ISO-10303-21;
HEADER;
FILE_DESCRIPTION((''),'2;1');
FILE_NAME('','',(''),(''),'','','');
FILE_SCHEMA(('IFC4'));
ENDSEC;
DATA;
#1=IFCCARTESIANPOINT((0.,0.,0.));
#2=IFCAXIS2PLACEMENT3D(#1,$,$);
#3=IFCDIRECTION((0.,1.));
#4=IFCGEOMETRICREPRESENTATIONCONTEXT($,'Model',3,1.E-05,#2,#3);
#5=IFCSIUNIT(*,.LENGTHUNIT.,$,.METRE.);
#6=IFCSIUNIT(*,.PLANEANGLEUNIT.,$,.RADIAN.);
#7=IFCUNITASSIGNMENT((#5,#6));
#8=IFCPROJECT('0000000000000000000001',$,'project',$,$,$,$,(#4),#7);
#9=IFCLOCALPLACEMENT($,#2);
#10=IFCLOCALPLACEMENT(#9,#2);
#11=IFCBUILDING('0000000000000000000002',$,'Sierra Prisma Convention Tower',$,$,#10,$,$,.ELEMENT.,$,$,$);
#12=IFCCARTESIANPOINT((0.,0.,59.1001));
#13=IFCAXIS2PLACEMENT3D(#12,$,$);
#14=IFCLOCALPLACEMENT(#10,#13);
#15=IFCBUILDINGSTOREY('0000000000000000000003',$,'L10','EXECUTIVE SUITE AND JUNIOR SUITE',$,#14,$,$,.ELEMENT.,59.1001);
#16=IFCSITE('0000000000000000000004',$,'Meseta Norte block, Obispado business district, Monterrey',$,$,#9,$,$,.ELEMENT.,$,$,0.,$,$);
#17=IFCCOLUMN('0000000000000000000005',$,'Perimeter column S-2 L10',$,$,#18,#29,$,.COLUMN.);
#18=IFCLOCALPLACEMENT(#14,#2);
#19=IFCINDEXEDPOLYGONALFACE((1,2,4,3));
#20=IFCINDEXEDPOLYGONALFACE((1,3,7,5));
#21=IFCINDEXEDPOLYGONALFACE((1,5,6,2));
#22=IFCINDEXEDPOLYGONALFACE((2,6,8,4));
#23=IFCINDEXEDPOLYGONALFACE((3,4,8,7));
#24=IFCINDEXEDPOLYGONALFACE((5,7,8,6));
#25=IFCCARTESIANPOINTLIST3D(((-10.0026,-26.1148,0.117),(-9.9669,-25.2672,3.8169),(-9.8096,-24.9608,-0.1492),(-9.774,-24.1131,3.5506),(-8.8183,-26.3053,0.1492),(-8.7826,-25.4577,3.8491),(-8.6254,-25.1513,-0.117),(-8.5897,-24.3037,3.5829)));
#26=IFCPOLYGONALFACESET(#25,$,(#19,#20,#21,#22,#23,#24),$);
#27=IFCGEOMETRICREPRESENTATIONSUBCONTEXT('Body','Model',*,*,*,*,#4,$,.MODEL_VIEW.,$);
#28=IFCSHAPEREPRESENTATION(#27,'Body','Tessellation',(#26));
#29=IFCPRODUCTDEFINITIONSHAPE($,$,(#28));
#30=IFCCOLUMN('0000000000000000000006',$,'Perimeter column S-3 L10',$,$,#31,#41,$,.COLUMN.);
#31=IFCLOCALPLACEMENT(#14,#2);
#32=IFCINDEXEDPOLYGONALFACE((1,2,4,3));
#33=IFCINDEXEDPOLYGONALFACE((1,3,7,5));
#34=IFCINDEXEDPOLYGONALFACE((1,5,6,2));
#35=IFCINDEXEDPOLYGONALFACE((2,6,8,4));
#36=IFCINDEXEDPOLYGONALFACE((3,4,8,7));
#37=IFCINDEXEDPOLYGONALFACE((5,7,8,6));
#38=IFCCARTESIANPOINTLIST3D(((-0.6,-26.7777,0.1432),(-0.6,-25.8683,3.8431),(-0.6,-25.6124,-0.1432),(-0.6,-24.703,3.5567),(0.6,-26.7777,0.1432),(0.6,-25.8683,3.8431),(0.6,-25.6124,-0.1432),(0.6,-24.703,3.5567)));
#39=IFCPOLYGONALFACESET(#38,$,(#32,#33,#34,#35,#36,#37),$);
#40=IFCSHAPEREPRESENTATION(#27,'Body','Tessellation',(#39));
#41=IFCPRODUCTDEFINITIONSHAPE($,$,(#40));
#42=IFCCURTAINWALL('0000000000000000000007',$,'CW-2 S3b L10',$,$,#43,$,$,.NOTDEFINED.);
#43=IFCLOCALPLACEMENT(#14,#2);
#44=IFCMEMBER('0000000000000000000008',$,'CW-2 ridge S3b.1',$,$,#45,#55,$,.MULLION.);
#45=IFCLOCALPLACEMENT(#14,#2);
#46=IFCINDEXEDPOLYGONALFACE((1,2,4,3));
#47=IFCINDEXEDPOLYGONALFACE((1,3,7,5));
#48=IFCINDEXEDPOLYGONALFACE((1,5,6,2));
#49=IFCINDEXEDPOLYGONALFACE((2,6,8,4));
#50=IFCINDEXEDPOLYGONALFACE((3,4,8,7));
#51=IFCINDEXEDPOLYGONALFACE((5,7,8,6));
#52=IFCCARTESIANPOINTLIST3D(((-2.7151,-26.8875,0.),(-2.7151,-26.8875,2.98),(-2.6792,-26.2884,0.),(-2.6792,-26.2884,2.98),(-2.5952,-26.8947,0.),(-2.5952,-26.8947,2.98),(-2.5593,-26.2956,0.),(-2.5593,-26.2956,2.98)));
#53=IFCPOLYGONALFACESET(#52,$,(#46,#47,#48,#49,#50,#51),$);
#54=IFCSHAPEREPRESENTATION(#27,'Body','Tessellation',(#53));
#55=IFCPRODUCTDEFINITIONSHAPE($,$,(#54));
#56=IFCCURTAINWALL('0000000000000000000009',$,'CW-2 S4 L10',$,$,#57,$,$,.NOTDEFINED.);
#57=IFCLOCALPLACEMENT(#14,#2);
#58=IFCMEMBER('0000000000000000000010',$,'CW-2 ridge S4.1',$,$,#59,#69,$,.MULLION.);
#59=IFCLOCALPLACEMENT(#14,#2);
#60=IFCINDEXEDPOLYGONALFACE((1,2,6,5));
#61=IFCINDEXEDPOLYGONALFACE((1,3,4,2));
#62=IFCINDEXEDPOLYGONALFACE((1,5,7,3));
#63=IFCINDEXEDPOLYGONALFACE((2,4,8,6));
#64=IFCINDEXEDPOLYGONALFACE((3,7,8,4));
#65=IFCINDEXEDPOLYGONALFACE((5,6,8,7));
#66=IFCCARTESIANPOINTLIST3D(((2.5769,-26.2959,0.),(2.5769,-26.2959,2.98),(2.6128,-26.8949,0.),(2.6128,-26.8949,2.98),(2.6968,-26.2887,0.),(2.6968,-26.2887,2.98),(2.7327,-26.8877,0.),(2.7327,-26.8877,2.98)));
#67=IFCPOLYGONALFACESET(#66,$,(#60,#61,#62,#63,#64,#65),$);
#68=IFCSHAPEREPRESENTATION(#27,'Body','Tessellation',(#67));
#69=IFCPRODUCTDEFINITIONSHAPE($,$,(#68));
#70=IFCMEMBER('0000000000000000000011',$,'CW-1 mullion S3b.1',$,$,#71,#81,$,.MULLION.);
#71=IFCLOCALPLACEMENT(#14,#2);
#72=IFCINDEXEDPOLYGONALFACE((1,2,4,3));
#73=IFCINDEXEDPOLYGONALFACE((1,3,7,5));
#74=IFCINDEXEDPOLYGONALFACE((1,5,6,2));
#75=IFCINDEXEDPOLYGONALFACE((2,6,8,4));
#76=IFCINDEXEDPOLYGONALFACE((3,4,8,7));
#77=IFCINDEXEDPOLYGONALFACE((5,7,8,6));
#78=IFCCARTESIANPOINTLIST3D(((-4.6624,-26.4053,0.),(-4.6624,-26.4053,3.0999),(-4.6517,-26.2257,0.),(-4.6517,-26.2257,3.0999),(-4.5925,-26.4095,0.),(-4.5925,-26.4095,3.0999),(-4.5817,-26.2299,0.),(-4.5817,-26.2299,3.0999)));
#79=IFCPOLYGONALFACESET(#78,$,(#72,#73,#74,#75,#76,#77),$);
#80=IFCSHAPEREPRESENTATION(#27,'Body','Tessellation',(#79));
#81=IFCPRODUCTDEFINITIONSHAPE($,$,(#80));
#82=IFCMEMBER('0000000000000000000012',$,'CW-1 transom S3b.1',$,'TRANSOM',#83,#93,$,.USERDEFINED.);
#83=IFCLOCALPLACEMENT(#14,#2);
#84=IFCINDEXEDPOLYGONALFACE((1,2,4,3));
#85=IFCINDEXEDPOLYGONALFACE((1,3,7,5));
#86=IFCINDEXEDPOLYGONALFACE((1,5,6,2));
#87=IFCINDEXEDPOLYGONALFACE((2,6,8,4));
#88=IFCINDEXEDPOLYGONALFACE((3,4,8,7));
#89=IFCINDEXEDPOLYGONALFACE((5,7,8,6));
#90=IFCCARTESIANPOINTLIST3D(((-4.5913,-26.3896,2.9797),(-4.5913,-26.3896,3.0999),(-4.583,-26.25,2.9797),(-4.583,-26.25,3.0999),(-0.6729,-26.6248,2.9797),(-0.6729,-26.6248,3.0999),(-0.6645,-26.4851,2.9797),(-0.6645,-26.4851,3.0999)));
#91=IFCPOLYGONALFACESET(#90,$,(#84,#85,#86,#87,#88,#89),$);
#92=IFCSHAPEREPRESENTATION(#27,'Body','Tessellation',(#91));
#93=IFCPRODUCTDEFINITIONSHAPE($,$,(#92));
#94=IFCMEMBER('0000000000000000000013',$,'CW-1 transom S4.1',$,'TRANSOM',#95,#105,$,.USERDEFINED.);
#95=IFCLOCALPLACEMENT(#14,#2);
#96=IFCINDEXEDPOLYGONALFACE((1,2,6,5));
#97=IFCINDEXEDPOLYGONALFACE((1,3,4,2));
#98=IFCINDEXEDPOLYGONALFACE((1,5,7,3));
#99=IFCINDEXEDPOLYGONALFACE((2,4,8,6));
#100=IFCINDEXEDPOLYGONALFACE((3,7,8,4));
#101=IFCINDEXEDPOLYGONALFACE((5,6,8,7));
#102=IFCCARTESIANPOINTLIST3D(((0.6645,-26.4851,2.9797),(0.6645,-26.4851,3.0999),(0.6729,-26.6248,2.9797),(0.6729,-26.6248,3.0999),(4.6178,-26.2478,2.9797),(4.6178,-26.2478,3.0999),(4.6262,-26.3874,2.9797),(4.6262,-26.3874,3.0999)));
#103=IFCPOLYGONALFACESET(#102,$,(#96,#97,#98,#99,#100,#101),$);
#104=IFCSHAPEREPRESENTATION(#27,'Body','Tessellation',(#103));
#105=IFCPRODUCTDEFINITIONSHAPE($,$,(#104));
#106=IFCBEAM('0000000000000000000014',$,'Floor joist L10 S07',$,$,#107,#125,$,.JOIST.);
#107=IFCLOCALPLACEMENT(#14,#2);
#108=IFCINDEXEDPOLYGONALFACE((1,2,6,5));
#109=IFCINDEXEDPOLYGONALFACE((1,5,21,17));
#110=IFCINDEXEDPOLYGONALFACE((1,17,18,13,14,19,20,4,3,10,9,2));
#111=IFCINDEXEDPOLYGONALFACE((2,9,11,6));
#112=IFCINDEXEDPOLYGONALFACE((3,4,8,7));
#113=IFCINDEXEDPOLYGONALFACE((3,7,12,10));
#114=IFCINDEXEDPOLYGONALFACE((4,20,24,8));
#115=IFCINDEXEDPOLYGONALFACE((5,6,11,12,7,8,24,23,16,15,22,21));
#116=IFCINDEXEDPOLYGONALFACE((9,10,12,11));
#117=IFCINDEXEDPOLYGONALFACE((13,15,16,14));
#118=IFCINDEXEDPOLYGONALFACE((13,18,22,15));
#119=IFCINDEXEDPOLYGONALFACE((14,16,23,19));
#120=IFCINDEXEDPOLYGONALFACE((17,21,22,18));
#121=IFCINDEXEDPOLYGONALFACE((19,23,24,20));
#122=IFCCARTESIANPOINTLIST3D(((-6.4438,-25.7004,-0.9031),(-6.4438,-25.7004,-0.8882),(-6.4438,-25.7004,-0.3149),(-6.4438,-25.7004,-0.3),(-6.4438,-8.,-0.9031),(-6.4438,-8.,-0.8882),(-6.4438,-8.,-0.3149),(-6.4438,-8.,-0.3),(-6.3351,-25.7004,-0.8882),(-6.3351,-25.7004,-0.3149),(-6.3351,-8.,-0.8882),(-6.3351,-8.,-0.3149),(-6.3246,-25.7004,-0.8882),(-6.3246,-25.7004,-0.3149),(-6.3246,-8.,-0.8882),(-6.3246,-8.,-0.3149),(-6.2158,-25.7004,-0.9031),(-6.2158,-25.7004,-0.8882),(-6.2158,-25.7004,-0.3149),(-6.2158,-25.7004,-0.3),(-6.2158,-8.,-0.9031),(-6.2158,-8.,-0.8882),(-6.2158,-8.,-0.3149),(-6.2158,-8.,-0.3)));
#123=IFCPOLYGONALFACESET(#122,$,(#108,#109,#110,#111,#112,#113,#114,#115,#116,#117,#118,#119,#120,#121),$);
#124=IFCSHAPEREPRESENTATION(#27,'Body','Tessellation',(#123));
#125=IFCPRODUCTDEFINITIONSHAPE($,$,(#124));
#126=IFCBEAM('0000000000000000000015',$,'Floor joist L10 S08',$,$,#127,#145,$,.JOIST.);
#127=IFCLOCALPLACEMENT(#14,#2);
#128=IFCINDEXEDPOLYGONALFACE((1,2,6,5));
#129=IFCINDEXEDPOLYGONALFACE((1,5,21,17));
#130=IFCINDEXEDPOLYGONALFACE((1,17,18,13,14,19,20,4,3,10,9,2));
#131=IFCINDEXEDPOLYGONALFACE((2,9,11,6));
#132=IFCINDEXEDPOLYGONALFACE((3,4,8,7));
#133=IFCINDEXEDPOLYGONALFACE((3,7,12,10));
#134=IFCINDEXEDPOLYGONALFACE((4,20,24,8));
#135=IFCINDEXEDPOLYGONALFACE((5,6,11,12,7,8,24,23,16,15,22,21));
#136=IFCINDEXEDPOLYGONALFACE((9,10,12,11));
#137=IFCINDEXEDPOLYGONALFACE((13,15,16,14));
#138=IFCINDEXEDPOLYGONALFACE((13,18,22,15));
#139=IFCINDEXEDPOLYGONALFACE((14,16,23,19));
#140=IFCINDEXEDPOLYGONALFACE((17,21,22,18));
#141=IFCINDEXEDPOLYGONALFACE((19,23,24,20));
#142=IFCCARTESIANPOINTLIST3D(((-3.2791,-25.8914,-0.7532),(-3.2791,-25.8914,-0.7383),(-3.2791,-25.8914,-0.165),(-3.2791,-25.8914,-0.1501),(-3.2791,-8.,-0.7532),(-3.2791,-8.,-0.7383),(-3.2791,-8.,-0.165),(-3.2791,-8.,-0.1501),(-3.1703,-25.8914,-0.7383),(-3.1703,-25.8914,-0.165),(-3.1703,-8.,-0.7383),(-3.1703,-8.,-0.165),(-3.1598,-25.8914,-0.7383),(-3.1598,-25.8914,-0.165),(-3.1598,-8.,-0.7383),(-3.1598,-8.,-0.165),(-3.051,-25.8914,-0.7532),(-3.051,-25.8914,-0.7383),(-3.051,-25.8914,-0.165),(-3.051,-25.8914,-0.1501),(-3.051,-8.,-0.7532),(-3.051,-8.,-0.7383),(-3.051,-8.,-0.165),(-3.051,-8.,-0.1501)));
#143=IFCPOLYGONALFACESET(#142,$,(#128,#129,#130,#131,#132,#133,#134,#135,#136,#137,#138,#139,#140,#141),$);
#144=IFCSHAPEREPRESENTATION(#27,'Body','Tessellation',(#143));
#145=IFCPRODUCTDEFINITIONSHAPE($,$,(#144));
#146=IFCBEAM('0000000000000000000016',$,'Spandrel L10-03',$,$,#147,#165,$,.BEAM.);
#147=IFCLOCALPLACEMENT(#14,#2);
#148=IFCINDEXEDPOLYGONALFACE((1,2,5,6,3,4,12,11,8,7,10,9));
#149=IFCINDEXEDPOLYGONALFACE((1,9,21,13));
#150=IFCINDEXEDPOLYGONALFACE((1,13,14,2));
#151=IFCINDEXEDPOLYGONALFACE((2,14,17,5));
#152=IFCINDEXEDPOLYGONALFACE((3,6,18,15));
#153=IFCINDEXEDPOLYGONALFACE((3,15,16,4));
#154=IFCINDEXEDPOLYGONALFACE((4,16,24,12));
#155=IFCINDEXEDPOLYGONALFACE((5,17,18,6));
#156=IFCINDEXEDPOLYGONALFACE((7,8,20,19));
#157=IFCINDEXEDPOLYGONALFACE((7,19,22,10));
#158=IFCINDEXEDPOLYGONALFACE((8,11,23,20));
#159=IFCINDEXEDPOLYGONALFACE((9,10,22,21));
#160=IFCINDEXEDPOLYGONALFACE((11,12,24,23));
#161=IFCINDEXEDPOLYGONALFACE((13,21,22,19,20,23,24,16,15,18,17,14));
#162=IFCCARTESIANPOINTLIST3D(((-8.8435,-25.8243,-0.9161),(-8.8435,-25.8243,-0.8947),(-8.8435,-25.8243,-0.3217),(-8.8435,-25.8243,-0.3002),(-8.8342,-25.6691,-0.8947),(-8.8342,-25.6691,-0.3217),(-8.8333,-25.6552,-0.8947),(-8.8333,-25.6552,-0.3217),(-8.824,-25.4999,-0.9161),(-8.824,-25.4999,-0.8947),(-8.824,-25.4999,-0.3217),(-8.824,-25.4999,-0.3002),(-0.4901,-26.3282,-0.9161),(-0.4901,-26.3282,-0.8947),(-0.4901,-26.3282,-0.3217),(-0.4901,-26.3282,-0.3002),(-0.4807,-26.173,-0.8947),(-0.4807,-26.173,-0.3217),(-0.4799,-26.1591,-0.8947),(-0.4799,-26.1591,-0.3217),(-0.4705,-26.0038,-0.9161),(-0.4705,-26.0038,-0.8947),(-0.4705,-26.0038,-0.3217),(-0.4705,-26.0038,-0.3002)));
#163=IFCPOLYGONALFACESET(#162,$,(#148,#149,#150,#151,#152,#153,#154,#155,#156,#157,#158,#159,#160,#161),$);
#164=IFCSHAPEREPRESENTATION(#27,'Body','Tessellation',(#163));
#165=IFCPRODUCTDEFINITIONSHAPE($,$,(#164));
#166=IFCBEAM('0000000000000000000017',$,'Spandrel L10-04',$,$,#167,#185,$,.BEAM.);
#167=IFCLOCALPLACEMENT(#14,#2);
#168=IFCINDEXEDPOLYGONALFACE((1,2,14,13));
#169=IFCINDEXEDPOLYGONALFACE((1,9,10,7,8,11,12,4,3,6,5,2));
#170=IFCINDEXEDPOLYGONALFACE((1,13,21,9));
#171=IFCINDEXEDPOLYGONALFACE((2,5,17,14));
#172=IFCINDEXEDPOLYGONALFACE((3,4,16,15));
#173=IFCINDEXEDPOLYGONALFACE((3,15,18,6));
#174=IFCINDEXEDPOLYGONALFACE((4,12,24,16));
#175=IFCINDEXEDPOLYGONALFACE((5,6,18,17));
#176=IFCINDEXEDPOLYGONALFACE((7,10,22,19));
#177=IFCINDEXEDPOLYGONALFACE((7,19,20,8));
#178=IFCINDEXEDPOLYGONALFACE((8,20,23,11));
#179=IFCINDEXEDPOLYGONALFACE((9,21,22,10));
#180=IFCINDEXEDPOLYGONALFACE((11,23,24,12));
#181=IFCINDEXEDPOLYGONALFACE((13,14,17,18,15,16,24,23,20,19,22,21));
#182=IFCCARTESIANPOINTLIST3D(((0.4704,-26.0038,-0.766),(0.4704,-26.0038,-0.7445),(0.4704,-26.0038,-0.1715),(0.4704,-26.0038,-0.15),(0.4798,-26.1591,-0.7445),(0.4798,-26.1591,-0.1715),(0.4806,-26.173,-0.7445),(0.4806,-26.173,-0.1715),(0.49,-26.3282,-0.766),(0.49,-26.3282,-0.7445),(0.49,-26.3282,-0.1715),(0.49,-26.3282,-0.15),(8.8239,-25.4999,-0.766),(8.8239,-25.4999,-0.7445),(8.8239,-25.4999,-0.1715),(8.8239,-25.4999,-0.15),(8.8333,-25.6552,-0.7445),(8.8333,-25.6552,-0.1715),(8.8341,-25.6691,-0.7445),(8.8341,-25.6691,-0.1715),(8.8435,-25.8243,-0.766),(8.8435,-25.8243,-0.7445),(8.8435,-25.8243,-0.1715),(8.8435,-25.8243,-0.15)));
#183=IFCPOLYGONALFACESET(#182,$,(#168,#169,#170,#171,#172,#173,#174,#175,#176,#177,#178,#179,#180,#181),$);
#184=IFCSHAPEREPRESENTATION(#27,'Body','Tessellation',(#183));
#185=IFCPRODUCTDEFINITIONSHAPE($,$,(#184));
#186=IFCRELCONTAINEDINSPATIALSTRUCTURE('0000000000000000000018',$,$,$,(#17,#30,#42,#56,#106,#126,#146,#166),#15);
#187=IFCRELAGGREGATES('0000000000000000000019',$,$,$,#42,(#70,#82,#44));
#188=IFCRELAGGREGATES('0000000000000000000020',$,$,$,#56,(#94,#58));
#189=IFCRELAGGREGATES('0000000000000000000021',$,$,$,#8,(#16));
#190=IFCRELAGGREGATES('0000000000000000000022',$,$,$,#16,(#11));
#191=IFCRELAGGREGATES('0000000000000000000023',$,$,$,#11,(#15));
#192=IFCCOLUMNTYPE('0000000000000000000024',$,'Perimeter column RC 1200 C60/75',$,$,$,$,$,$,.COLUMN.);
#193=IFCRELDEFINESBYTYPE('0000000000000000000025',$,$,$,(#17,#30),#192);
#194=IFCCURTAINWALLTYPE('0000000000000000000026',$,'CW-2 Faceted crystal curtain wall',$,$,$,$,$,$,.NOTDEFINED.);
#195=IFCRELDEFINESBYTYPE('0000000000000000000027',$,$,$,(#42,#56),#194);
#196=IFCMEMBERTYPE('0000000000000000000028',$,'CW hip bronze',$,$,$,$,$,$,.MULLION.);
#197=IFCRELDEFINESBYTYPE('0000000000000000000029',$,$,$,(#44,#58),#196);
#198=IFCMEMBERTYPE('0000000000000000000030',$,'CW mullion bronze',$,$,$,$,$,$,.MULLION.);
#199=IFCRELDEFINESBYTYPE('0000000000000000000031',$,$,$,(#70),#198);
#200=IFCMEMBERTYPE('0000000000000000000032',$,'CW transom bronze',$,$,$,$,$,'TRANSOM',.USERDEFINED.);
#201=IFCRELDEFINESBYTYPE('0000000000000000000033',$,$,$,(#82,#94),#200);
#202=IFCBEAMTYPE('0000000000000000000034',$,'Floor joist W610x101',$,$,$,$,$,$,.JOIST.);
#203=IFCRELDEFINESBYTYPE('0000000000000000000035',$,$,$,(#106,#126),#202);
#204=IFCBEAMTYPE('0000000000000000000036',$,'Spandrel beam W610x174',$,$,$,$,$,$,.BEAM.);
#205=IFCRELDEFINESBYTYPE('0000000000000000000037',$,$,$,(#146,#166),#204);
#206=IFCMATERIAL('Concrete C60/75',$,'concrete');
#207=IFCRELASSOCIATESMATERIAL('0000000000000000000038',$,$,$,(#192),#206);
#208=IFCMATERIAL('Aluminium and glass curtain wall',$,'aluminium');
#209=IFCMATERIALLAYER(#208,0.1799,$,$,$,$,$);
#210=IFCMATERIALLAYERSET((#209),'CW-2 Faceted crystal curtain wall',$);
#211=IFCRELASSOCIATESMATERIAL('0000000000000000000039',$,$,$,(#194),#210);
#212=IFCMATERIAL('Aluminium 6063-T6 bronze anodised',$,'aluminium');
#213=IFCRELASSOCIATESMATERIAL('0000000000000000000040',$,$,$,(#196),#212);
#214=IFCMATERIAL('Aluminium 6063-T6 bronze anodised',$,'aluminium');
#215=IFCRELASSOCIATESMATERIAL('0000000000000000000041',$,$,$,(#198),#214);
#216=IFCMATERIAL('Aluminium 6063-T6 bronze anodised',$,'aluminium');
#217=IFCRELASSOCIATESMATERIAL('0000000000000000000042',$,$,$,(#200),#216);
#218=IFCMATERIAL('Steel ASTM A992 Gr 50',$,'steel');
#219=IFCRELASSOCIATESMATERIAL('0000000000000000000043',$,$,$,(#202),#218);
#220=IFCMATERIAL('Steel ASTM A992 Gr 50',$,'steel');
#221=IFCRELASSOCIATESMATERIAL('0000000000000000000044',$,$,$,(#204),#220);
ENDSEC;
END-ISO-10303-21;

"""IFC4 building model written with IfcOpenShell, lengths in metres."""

from ifc_helpers import new_model, si_unit, direction, frame, origin, origin_2d, place, context, subcontext, project, spatial, rectangle, i_section, extrude, material, layer, layer_set, material_profile, profile_set, type_object, element, aggregate, save


model = new_model("IFC4")

# Units and contexts
model_context = context("Model", 3, precision=1e-05, world=origin(), true_north=direction((0.0, 1.0)))
body_context = subcontext(model_context, "Body", "Model", "MODEL_VIEW")
ifc_project = project(units=[si_unit("LENGTHUNIT", "METRE"), si_unit("PLANEANGLEUNIT", "RADIAN")], contexts=[model_context])

# Site, building, storey
site_placement = place(None, origin())
site = spatial("IfcSite", under=ifc_project, at=site_placement, Name="Meseta Norte block, Obispado business district, Monterrey", CompositionType="ELEMENT", RefElevation=0.0)
building_placement = place(site_placement, origin())
building = spatial("IfcBuilding", under=site, at=building_placement, Name="Sierra Prisma Convention Tower", CompositionType="ELEMENT")
storey_placement = place(building_placement, frame((0.0, 0.0, 59.1001)))
storey = spatial("IfcBuildingStorey", under=building, at=storey_placement, Name="L10", Description="EXECUTIVE SUITE AND JUNIOR SUITE", CompositionType="ELEMENT", Elevation=59.1001)

# Columns
ifc_material_1 = material(Name="Concrete C60/75", Category="concrete")
ifc_material_profile_1 = material_profile(ifc_material_1, rectangle(XDim=1.2, YDim=1.2, at=origin_2d()), Name="Perimeter column RC 1200 C60/75")
ifc_profile_set_1 = profile_set([ifc_material_profile_1], Name="Concrete C60/75")
column_type = type_object("IfcColumnType", Name="Perimeter column RC 1200 C60/75", PredefinedType="COLUMN", material=ifc_profile_set_1)
column_1_placement = place(storey_placement, frame((-9.314, -25.6331, 0.0), z_axis=(0.00939, 0.223304, 0.974704), x_axis=(0.986946, -0.158794, 0.026872)))
element("IfcColumn", 1, at=column_1_placement, inside=storey, type_object=column_type, Name="Perimeter column S-2 L10", PredefinedType="COLUMN", context=body_context, shape_type="SweptSolid", body=[
    extrude(rectangle(XDim=1.2, YDim=1.2, at=origin_2d()), origin(), (0.0, 0.0, 1.0), 3.7959),
])
column_2_placement = place(storey_placement, frame((0.0, -26.1951, 0.0), z_axis=(0.0, 0.238689, 0.971096), x_axis=(-1.0, 0.0, 0.0)))
element("IfcColumn", 2, at=column_2_placement, inside=storey, type_object=column_type, Name="Perimeter column S-3 L10", PredefinedType="COLUMN", context=body_context, shape_type="SweptSolid", body=[
    extrude(rectangle(XDim=1.2, YDim=1.2, at=origin_2d()), origin(), (0.0, 0.0, 1.0), 3.8101),
])

# Curtain walls, members
ifc_material_2 = material(Name="Aluminium and glass curtain wall", Category="aluminium")
ifc_layer_1 = layer(ifc_material_2, 0.1799)
ifc_layer_set_1 = layer_set([ifc_layer_1], Name="CW-2 Faceted crystal curtain wall")
curtain_wall_type = type_object("IfcCurtainWallType", Name="CW-2 Faceted crystal curtain wall", PredefinedType="NOTDEFINED", material=ifc_layer_set_1)
curtain_wall_1_placement = place(storey_placement, origin())
curtain_wall_1 = element("IfcCurtainWall", 3, at=curtain_wall_1_placement, inside=storey, type_object=curtain_wall_type, Name="CW-2 S3b L10", PredefinedType="NOTDEFINED")
ifc_material_3 = material(Name="Aluminium 6063-T6 bronze anodised", Category="aluminium")
ifc_material_profile_2 = material_profile(ifc_material_3, rectangle(XDim=0.1201, YDim=0.6001, at=origin_2d()), Name="ALU RIDGE BLADE 120x600")
ifc_profile_set_2 = profile_set([ifc_material_profile_2], Name="Aluminium 6063-T6 bronze anodised")
member_type_1 = type_object("IfcMemberType", Name="CW hip bronze", PredefinedType="MULLION", material=ifc_profile_set_2)
member_1_placement = place(storey_placement, frame((-2.6372, -26.5916, 0.0), z_axis=(0.0, 0.0, 1.0), x_axis=(0.998204, -0.059914, 0.0)))
member_1 = element("IfcMember", 4, at=member_1_placement, type_object=member_type_1, Name="CW-2 ridge S3b.1", PredefinedType="MULLION", context=body_context, shape_type="SweptSolid", body=[
    extrude(rectangle(XDim=0.1201, YDim=0.6001, at=origin_2d()), origin(), (0.0, 0.0, 1.0), 2.98),
])
curtain_wall_2_placement = place(storey_placement, origin())
curtain_wall_2 = element("IfcCurtainWall", 5, at=curtain_wall_2_placement, inside=storey, type_object=curtain_wall_type, Name="CW-2 S4 L10", PredefinedType="NOTDEFINED")
member_2_placement = place(storey_placement, frame((2.6548, -26.5918, 0.0), z_axis=(0.0, 0.0, 1.0), x_axis=(0.998204, 0.059914, 0.0)))
member_2 = element("IfcMember", 6, at=member_2_placement, type_object=member_type_1, Name="CW-2 ridge S4.1", PredefinedType="MULLION", context=body_context, shape_type="SweptSolid", body=[
    extrude(rectangle(XDim=0.1201, YDim=0.6001, at=origin_2d()), origin(), (0.0, 0.0, 1.0), 2.98),
])

# Members
ifc_material_4 = material(Name="Aluminium 6063-T6 bronze anodised", Category="aluminium")
ifc_material_profile_3 = material_profile(ifc_material_4, rectangle(XDim=0.1799, YDim=0.0701, at=origin_2d()), Name="ALU MULLION 70x180")
ifc_profile_set_3 = profile_set([ifc_material_profile_3], Name="Aluminium 6063-T6 bronze anodised")
member_type_2 = type_object("IfcMemberType", Name="CW mullion bronze", PredefinedType="MULLION", material=ifc_profile_set_3)
member_3_placement = place(storey_placement, frame((-4.6221, -26.3176, 0.0), z_axis=(0.0, 0.0, 1.0), x_axis=(0.059914, 0.998204, 0.0)))
member_3 = element("IfcMember", 7, at=member_3_placement, type_object=member_type_2, Name="CW-1 mullion S3b.1", PredefinedType="MULLION", context=body_context, shape_type="SweptSolid", body=[
    extrude(rectangle(XDim=0.1799, YDim=0.0701, at=origin_2d()), origin(), (0.0, 0.0, 1.0), 3.0999),
])
ifc_material_5 = material(Name="Aluminium 6063-T6 bronze anodised", Category="aluminium")
ifc_material_profile_4 = material_profile(ifc_material_5, rectangle(XDim=0.1399, YDim=0.1201, at=origin_2d()), Name="ALU TRANSOM 120x140")
ifc_profile_set_4 = profile_set([ifc_material_profile_4], Name="Aluminium 6063-T6 bronze anodised")
member_type_3 = type_object("IfcMemberType", Name="CW transom bronze", ElementType="TRANSOM", PredefinedType="USERDEFINED", material=ifc_profile_set_4)
member_4_placement = place(storey_placement, frame((-4.5872, -26.3198, 3.0398), z_axis=(0.998205, -0.059892, 0.0), x_axis=(0.059892, 0.998205, 0.0)))
member_4 = element("IfcMember", 8, at=member_4_placement, type_object=member_type_3, Name="CW-1 transom S3b.1", ObjectType="TRANSOM", PredefinedType="USERDEFINED", context=body_context, shape_type="SweptSolid", body=[
    extrude(rectangle(XDim=0.1399, YDim=0.1201, at=origin_2d()), origin(), (0.0, 0.0, 1.0), 3.9255),
])
member_5_placement = place(storey_placement, frame((0.6687, -26.5549, 3.0398), z_axis=(0.998203, 0.059918, 0.0), x_axis=(-0.059918, 0.998203, 0.0)))
member_5 = element("IfcMember", 9, at=member_5_placement, type_object=member_type_3, Name="CW-1 transom S4.1", ObjectType="TRANSOM", PredefinedType="USERDEFINED", context=body_context, shape_type="SweptSolid", body=[
    extrude(rectangle(XDim=0.1399, YDim=0.1201, at=origin_2d()), origin(), (0.0, 0.0, 1.0), 3.9604),
])

# Beams
ifc_material_6 = material(Name="Steel ASTM A992 Gr 50", Category="steel")
ifc_material_profile_5 = material_profile(ifc_material_6, i_section(OverallWidth=0.228, OverallDepth=0.603, WebThickness=0.0105, FlangeThickness=0.0149, at=origin_2d()), Name="W610x101")
ifc_profile_set_5 = profile_set([ifc_material_profile_5], Name="Steel ASTM A992 Gr 50")
beam_type_1 = type_object("IfcBeamType", Name="Floor joist W610x101", PredefinedType="JOIST", material=ifc_profile_set_5)
beam_1_placement = place(storey_placement, frame((-6.3298, -25.7004, -0.6016), z_axis=(0.0, 1.0, 0.0), x_axis=(-1.0, 0.0, 0.0)))
element("IfcBeam", 10, at=beam_1_placement, inside=storey, type_object=beam_type_1, Name="Floor joist L10 S07", PredefinedType="JOIST", context=body_context, shape_type="SweptSolid", body=[
    extrude(i_section(OverallWidth=0.228, OverallDepth=0.603, WebThickness=0.0105, FlangeThickness=0.0149, at=origin_2d()), origin(), (0.0, 0.0, 1.0), 17.7004),
])
beam_2_placement = place(storey_placement, frame((-3.165, -25.8914, -0.4517), z_axis=(0.0, 1.0, 0.0), x_axis=(-1.0, 0.0, 0.0)))
element("IfcBeam", 11, at=beam_2_placement, inside=storey, type_object=beam_type_1, Name="Floor joist L10 S08", PredefinedType="JOIST", context=body_context, shape_type="SweptSolid", body=[
    extrude(i_section(OverallWidth=0.228, OverallDepth=0.603, WebThickness=0.0105, FlangeThickness=0.0149, at=origin_2d()), origin(), (0.0, 0.0, 1.0), 17.8914),
])
ifc_material_7 = material(Name="Steel ASTM A992 Gr 50", Category="steel")
ifc_material_profile_6 = material_profile(ifc_material_7, i_section(OverallWidth=0.325, OverallDepth=0.616, WebThickness=0.0139, FlangeThickness=0.0215, at=origin_2d()), Name="W610x174")
ifc_profile_set_6 = profile_set([ifc_material_profile_6], Name="Steel ASTM A992 Gr 50")
beam_type_2 = type_object("IfcBeamType", Name="Spandrel beam W610x174", PredefinedType="BEAM", material=ifc_profile_set_6)
for number, where, z_axis, x_axis, name in (
    (12, (-8.8337, -25.6621, -0.6082), (0.998186, -0.060213, 0.0), (0.060213, 0.998186, 0.0), "Spandrel L10-03"),
    (13, (0.4802, -26.166, -0.458), (0.998186, 0.060213, 0.0), (-0.060213, 0.998186, 0.0), "Spandrel L10-04"),
):
    element("IfcBeam", number, at=place(storey_placement, frame(where, z_axis=z_axis, x_axis=x_axis)), inside=storey, type_object=beam_type_2, Name=name, PredefinedType="BEAM", context=body_context, shape_type="SweptSolid", body=[
        extrude(i_section(OverallWidth=0.325, OverallDepth=0.616, WebThickness=0.0139, FlangeThickness=0.0215, at=origin_2d()), origin(), (0.0, 0.0, 1.0), 8.3687),
    ])

aggregate(curtain_wall_1, [member_3, member_4, member_1])
aggregate(curtain_wall_2, [member_5, member_2])

save(model, "model.ifc")
